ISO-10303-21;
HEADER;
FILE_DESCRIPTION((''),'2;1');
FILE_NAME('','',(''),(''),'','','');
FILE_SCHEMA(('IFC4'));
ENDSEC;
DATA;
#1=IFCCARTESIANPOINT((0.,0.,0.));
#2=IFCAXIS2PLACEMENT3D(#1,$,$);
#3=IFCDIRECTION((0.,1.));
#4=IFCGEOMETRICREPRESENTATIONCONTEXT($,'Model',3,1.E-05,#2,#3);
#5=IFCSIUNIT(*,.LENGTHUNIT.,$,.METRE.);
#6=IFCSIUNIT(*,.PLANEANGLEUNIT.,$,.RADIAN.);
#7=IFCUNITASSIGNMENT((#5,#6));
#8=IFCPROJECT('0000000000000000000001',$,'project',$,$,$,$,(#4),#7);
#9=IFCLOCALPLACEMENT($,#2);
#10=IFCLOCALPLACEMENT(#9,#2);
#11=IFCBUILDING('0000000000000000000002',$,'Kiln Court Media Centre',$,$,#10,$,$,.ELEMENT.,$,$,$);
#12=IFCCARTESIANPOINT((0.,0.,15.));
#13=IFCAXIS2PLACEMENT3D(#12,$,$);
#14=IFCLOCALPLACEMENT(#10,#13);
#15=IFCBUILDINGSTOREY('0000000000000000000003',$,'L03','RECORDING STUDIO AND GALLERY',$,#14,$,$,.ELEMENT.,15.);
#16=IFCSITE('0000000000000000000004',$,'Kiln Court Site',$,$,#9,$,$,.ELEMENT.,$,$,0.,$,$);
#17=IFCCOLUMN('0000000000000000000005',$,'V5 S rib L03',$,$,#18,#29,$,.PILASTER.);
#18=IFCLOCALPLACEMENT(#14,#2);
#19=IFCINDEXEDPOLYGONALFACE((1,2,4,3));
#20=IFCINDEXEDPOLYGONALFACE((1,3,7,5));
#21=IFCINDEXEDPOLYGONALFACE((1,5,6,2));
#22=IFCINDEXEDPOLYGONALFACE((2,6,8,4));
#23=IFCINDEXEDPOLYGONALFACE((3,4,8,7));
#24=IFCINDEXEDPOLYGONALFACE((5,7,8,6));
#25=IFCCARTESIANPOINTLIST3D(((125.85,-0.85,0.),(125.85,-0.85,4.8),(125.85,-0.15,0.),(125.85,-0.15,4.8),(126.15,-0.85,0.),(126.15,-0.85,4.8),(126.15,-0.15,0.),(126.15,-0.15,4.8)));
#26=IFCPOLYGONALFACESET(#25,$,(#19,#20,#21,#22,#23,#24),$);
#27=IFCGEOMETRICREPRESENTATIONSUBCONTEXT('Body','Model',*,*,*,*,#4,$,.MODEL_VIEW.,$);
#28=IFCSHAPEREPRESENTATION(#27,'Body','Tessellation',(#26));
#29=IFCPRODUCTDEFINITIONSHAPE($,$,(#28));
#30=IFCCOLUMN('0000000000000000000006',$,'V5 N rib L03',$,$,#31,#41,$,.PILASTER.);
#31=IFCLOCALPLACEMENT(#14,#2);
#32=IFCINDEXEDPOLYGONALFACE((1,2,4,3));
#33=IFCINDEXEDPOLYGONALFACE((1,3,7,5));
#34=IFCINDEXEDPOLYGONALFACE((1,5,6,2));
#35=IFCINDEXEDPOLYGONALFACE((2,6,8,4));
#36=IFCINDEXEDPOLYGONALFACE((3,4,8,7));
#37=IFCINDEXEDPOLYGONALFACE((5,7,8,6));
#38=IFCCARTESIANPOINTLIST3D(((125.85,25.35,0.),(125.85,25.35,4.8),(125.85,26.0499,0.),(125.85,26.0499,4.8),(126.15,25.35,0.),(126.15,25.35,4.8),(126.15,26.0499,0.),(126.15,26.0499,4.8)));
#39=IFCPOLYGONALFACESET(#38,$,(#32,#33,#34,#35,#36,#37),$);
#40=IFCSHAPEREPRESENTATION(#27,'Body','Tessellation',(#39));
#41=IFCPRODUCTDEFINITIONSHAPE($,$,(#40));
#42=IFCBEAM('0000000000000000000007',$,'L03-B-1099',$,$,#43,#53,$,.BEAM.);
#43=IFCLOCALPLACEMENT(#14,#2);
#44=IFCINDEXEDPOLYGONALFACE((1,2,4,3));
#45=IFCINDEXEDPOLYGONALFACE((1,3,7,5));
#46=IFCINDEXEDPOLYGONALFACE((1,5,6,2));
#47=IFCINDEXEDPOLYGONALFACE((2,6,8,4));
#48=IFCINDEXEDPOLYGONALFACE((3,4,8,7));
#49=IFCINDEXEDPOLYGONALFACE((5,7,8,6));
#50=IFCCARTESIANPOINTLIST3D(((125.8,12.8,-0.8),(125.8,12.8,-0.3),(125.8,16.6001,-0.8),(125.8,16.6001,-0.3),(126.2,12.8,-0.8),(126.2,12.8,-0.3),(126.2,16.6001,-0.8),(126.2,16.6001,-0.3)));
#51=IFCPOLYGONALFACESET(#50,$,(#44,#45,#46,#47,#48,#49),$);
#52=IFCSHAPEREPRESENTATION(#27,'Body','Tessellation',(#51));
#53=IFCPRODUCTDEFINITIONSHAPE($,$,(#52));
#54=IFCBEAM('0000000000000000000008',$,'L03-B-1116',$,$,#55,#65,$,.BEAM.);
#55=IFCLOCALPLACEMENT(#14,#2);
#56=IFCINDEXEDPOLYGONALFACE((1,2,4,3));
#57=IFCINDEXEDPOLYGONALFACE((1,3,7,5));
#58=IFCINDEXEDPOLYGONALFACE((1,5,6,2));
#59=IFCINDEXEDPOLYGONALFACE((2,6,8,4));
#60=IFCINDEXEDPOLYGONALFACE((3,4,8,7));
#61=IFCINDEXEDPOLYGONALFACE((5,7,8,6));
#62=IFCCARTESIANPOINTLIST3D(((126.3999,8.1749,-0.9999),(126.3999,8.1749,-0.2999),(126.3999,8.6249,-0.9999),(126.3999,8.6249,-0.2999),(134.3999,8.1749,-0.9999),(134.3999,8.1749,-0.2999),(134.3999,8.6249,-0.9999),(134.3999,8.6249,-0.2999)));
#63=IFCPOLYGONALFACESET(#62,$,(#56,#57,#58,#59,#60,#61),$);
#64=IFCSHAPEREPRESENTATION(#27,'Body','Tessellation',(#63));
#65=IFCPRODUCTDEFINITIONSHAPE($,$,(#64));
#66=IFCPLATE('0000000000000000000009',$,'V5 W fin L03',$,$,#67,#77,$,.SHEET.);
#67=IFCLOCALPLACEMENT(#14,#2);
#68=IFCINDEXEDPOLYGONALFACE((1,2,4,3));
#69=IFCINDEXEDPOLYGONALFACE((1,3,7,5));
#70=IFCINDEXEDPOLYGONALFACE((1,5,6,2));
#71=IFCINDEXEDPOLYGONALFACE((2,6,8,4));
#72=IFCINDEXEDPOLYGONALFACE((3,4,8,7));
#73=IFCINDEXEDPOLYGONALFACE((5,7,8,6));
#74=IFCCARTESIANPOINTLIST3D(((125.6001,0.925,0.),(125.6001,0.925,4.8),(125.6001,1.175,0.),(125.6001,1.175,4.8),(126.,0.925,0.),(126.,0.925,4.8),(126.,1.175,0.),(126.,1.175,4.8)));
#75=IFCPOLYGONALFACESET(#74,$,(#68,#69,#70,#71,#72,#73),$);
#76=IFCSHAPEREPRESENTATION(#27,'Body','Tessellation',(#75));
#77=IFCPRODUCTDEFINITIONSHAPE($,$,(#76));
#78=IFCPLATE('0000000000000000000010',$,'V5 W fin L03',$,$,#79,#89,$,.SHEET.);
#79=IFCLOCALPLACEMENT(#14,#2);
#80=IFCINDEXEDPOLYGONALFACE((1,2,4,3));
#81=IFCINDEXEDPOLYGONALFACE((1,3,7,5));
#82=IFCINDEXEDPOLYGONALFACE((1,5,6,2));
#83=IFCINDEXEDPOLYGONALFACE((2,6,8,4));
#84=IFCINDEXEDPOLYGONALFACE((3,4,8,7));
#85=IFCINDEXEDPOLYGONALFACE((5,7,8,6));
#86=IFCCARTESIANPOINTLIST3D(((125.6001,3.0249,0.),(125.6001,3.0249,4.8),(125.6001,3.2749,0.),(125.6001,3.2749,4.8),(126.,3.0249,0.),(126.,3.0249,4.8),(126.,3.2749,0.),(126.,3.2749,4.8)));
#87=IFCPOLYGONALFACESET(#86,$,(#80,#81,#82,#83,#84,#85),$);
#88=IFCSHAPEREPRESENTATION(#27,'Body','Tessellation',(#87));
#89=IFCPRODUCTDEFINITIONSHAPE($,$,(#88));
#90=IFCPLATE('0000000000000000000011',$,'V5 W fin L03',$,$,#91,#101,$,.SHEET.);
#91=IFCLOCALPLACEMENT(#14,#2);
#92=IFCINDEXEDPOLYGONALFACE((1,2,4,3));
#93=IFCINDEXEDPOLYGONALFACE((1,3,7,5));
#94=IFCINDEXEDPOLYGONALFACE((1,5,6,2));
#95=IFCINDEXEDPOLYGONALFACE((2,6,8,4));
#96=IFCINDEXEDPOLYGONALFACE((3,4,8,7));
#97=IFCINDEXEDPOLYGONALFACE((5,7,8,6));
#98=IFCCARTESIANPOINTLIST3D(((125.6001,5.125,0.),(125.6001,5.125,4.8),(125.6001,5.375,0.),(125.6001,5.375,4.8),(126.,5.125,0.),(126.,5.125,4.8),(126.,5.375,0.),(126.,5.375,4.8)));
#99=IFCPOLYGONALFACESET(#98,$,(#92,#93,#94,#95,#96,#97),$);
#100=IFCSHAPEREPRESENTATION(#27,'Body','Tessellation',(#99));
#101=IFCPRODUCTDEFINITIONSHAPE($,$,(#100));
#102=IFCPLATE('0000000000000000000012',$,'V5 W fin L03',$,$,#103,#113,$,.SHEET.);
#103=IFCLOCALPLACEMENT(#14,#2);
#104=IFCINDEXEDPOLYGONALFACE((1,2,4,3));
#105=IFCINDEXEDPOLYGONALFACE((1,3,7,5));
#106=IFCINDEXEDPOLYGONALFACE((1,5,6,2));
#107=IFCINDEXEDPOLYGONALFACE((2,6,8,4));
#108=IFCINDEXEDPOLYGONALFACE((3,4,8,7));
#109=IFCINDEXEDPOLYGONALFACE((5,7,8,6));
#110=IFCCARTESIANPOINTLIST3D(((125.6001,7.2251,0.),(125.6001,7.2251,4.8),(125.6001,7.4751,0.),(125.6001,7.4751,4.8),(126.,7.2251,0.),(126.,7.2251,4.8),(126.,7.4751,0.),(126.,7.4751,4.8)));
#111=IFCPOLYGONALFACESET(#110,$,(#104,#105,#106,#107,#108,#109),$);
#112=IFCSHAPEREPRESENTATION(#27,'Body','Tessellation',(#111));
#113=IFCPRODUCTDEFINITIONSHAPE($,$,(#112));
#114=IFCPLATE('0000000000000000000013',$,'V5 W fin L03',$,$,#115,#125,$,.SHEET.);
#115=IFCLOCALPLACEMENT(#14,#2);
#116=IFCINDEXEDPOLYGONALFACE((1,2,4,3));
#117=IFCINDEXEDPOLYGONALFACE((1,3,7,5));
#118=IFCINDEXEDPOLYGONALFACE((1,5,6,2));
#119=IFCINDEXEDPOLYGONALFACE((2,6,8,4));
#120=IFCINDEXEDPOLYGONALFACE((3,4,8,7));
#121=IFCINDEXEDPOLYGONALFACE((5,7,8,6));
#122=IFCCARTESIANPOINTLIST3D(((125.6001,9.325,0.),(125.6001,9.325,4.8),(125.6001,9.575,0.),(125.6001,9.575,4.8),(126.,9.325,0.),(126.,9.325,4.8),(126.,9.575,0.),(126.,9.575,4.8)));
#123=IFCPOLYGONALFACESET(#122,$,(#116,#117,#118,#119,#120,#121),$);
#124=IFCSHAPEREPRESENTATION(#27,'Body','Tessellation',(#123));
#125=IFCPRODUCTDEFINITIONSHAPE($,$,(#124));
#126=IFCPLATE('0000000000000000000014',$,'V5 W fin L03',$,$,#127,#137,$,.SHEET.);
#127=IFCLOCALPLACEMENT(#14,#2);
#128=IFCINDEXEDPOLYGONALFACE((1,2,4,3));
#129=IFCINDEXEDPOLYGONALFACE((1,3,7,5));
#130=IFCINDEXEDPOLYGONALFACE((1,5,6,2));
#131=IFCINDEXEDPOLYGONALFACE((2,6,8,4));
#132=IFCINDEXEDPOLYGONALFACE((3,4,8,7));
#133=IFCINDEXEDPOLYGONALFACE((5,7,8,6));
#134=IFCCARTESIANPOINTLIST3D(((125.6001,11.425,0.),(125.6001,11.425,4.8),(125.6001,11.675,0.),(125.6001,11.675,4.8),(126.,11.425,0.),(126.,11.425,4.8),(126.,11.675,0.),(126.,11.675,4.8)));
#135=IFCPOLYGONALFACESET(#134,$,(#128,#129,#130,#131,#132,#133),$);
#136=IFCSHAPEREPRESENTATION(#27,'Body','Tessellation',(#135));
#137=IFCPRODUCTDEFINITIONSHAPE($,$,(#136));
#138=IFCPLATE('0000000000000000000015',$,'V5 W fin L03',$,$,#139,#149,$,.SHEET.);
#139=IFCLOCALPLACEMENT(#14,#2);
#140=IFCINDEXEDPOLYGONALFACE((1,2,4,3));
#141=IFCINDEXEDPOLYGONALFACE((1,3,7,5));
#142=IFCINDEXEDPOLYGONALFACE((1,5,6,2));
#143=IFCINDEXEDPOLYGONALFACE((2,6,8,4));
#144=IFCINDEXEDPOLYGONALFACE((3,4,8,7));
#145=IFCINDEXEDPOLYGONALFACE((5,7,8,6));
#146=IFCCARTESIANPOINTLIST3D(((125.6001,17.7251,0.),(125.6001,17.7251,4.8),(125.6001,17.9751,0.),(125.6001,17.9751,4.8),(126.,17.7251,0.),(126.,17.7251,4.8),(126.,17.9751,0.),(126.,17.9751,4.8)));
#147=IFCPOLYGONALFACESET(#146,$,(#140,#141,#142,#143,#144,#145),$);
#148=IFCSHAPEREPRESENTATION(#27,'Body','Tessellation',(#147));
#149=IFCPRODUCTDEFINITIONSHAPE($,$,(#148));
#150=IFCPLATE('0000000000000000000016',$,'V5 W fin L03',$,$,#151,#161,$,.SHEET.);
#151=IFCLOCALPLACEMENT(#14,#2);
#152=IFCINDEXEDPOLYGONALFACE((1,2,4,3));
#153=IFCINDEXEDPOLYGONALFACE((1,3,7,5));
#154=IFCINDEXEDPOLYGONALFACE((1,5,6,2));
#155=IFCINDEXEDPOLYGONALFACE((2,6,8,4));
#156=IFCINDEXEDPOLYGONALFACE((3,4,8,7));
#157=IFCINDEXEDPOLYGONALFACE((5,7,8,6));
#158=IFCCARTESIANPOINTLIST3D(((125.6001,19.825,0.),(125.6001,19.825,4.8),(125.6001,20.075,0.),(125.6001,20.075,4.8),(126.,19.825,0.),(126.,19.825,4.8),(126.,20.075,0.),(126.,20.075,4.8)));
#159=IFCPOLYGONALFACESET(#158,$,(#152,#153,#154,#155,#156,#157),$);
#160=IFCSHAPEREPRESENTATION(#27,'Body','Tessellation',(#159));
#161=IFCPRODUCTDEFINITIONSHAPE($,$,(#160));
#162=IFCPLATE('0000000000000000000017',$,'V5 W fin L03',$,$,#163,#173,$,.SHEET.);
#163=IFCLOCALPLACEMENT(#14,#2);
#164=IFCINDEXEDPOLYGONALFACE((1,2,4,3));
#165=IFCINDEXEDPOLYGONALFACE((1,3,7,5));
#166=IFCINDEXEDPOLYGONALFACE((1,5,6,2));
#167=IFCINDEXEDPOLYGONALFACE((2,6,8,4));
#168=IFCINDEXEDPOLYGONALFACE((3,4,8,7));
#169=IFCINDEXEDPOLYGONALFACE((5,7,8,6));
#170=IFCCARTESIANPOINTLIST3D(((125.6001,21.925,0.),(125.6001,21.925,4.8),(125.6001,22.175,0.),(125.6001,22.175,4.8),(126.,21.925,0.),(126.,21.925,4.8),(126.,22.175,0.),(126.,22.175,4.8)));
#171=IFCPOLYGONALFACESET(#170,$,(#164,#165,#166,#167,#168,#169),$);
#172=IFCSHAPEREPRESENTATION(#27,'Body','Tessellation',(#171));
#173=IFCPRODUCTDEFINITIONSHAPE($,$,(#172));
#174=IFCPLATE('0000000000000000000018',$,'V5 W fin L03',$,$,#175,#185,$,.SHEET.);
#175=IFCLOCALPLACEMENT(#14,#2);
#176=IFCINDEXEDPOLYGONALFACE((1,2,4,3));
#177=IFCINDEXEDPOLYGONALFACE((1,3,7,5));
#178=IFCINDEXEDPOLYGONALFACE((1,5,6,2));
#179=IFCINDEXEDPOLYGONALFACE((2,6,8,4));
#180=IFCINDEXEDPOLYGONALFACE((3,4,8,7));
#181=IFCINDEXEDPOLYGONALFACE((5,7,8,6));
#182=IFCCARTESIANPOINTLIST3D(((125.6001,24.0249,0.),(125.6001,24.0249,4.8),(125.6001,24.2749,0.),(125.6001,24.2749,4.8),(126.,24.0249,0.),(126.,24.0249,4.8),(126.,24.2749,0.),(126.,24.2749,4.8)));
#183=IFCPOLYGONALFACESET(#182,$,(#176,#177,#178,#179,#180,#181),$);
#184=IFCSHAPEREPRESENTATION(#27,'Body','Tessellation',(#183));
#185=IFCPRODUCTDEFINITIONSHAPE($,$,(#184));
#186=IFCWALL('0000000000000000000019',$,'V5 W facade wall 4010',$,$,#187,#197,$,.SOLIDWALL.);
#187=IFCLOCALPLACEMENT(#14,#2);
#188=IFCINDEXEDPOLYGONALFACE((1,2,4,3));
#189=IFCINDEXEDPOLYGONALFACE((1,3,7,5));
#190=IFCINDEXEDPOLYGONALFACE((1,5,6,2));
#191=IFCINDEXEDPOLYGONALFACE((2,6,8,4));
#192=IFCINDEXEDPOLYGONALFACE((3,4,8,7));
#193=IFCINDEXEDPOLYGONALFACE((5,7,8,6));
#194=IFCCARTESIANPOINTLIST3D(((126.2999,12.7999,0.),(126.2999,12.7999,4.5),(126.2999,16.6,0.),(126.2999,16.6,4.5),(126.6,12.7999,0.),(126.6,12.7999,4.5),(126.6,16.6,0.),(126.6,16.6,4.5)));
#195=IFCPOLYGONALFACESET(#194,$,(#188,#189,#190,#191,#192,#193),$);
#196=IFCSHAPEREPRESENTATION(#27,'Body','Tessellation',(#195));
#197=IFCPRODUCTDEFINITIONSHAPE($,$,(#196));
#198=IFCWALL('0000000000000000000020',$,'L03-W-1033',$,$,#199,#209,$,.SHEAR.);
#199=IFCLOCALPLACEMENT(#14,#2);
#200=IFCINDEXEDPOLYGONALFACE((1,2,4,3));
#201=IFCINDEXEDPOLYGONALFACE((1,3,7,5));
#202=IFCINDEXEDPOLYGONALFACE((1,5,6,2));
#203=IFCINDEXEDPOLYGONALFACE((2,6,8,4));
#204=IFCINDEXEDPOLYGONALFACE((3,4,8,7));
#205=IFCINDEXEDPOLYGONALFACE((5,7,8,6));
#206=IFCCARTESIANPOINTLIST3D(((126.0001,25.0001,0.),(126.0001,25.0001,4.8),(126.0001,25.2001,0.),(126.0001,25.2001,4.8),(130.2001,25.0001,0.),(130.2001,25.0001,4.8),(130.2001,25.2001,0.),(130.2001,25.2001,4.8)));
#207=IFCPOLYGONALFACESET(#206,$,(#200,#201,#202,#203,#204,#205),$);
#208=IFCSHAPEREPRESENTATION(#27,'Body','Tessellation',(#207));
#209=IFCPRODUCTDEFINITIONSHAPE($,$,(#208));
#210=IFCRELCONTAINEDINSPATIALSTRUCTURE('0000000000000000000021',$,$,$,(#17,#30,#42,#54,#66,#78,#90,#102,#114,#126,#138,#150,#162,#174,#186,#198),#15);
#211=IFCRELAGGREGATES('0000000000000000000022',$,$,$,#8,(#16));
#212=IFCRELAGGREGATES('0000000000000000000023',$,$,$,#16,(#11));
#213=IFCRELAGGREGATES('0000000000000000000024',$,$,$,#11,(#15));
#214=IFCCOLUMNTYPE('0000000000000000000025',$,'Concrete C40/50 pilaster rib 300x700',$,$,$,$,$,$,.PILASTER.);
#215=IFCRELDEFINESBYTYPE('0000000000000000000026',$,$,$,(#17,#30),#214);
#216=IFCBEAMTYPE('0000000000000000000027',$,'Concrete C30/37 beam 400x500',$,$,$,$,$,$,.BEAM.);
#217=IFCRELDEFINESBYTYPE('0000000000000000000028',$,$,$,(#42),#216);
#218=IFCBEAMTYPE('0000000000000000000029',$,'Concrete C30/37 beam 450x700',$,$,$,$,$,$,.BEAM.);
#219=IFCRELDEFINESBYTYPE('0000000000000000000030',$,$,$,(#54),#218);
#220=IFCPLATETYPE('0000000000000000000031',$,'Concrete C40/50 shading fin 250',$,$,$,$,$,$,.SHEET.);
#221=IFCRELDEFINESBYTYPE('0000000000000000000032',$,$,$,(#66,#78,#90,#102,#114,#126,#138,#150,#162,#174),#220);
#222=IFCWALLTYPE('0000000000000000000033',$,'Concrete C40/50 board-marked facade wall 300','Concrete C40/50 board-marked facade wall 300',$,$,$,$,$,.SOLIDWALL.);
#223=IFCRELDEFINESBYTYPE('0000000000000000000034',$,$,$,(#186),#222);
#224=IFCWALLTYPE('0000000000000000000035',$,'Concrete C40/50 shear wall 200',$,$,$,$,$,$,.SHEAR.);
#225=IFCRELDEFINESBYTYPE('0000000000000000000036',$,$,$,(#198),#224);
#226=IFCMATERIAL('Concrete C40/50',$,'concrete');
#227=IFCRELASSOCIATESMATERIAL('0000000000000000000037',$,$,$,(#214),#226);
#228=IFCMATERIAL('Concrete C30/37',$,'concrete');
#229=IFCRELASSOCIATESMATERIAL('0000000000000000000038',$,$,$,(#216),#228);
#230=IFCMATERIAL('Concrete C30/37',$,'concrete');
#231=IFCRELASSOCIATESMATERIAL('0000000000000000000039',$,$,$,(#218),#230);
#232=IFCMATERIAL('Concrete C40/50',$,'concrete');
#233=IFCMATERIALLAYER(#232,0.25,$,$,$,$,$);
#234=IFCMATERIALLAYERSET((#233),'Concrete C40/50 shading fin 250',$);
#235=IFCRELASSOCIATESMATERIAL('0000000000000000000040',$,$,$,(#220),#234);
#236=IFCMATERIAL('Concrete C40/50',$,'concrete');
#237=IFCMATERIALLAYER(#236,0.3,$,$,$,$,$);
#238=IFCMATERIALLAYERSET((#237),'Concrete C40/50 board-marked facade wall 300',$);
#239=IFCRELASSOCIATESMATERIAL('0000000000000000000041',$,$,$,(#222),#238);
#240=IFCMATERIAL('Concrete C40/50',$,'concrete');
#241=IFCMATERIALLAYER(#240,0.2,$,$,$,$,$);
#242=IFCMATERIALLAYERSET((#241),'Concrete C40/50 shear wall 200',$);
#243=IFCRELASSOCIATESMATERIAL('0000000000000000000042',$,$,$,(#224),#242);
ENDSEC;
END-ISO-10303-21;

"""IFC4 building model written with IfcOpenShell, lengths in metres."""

from ifc_helpers import new_model, si_unit, direction, frame, frame_2d, origin, origin_2d, place, context, subcontext, project, spatial, rectangle, extrude, material, layer, layer_set, material_profile, profile_set, type_object, element, save


model = new_model("IFC4")

# Units and contexts
model_context = context("Model", 3, precision=1e-05, world=origin(), true_north=direction((0.0, 1.0)))
body_context = subcontext(model_context, "Body", "Model", "MODEL_VIEW")
ifc_project = project(units=[si_unit("LENGTHUNIT", "METRE"), si_unit("PLANEANGLEUNIT", "RADIAN")], contexts=[model_context])

# Site, building, storey
site_placement = place(None, origin())
site = spatial("IfcSite", under=ifc_project, at=site_placement, Name="Kiln Court Site", CompositionType="ELEMENT", RefElevation=0.0)
building_placement = place(site_placement, origin())
building = spatial("IfcBuilding", under=site, at=building_placement, Name="Kiln Court Media Centre", CompositionType="ELEMENT")
storey_placement = place(building_placement, frame((0.0, 0.0, 15.0)))
storey = spatial("IfcBuildingStorey", under=building, at=storey_placement, Name="L03", Description="RECORDING STUDIO AND GALLERY", CompositionType="ELEMENT", Elevation=15.0)

# Columns
ifc_material_1 = material(Name="Concrete C40/50", Category="concrete")
ifc_material_profile_1 = material_profile(ifc_material_1, rectangle(XDim=0.3, YDim=0.7, at=origin_2d()), Name="RC 300x700")
ifc_profile_set_1 = profile_set([ifc_material_profile_1], Name="Concrete C40/50")
column_type = type_object("IfcColumnType", Name="Concrete C40/50 pilaster rib 300x700", PredefinedType="PILASTER", material=ifc_profile_set_1)
for number, where, z_axis, x_axis, name in (
    (1, (126.0, -0.5, 0.0), (0.0, 0.0, 1.0), (1.0, 0.0, 0.0), "V5 S rib L03"),
    (2, (126.0, 25.7, 0.0), (0.0, 0.0, 1.0), (1.0, 0.0, 0.0), "V5 N rib L03"),
):
    element("IfcColumn", number, at=place(storey_placement, frame(where, z_axis=z_axis, x_axis=x_axis)), inside=storey, type_object=column_type, Name=name, PredefinedType="PILASTER", context=body_context, shape_type="SweptSolid", body=[
        extrude(rectangle(XDim=0.3, YDim=0.7, at=origin_2d()), origin(), (0.0, 0.0, 1.0), 4.8),
    ])

# Beams
ifc_material_2 = material(Name="Concrete C30/37", Category="concrete")
ifc_material_profile_2 = material_profile(ifc_material_2, rectangle(XDim=0.3999, YDim=0.5, at=origin_2d()), Name="RC 400x500")
ifc_profile_set_2 = profile_set([ifc_material_profile_2], Name="Concrete C30/37")
beam_type_1 = type_object("IfcBeamType", Name="Concrete C30/37 beam 400x500", PredefinedType="BEAM", material=ifc_profile_set_2)
beam_1_placement = place(storey_placement, frame((126.0, 12.8, -0.55), z_axis=(0.0, 1.0, 0.0), x_axis=(-1.0, 0.0, 0.0)))
element("IfcBeam", 3, at=beam_1_placement, inside=storey, type_object=beam_type_1, Name="L03-B-1099", PredefinedType="BEAM", context=body_context, shape_type="SweptSolid", body=[
    extrude(rectangle(XDim=0.3999, YDim=0.5, at=origin_2d()), origin(), (0.0, 0.0, 1.0), 3.8),
])
ifc_material_3 = material(Name="Concrete C30/37", Category="concrete")
ifc_material_profile_3 = material_profile(ifc_material_3, rectangle(XDim=0.45, YDim=0.7, at=origin_2d()), Name="RC 450x700")
ifc_profile_set_3 = profile_set([ifc_material_profile_3], Name="Concrete C30/37")
beam_type_2 = type_object("IfcBeamType", Name="Concrete C30/37 beam 450x700", PredefinedType="BEAM", material=ifc_profile_set_3)
beam_2_placement = place(storey_placement, frame((126.3999, 8.3999, -0.6499), z_axis=(1.0, 0.0, 0.0), x_axis=(0.0, 1.0, 0.0)))
element("IfcBeam", 4, at=beam_2_placement, inside=storey, type_object=beam_type_2, Name="L03-B-1116", PredefinedType="BEAM", context=body_context, shape_type="SweptSolid", body=[
    extrude(rectangle(XDim=0.45, YDim=0.7, at=origin_2d()), origin(), (0.0, 0.0, 1.0), 8.0),
])

# Plates
ifc_material_4 = material(Name="Concrete C40/50", Category="concrete")
ifc_layer_1 = layer(ifc_material_4, 0.25)
ifc_layer_set_1 = layer_set([ifc_layer_1], Name="Concrete C40/50 shading fin 250")
plate_type = type_object("IfcPlateType", Name="Concrete C40/50 shading fin 250", PredefinedType="SHEET", material=ifc_layer_set_1)
for number, where, z_axis, x_axis, name in (
    (5, (125.8, 1.05, 0.0), (0.0, 0.0, 1.0), (1.0, 0.0, 0.0), "V5 W fin L03"),
    (6, (125.8, 3.1499, 0.0), (0.0, 0.0, 1.0), (1.0, 0.0, 0.0), "V5 W fin L03"),
    (7, (125.8, 5.25, 0.0), (0.0, 0.0, 1.0), (1.0, 0.0, 0.0), "V5 W fin L03"),
    (8, (125.8, 7.3501, 0.0), (0.0, 0.0, 1.0), (1.0, 0.0, 0.0), "V5 W fin L03"),
    (9, (125.8, 9.45, 0.0), (0.0, 0.0, 1.0), (1.0, 0.0, 0.0), "V5 W fin L03"),
    (10, (125.8, 11.55, 0.0), (0.0, 0.0, 1.0), (1.0, 0.0, 0.0), "V5 W fin L03"),
    (11, (125.8, 17.8501, 0.0), (0.0, 0.0, 1.0), (1.0, 0.0, 0.0), "V5 W fin L03"),
    (12, (125.8, 19.95, 0.0), (0.0, 0.0, 1.0), (1.0, 0.0, 0.0), "V5 W fin L03"),
    (13, (125.8, 22.05, 0.0), (0.0, 0.0, 1.0), (1.0, 0.0, 0.0), "V5 W fin L03"),
    (14, (125.8, 24.1499, 0.0), (0.0, 0.0, 1.0), (1.0, 0.0, 0.0), "V5 W fin L03"),
):
    element("IfcPlate", number, at=place(storey_placement, frame(where, z_axis=z_axis, x_axis=x_axis)), inside=storey, type_object=plate_type, Name=name, PredefinedType="SHEET", context=body_context, shape_type="SweptSolid", body=[
        extrude(rectangle(XDim=0.3999, YDim=0.25, at=origin_2d()), origin(), (0.0, 0.0, 1.0), 4.8),
    ])

# Walls
ifc_material_5 = material(Name="Concrete C40/50", Category="concrete")
ifc_layer_2 = layer(ifc_material_5, 0.3)
ifc_layer_set_2 = layer_set([ifc_layer_2], Name="Concrete C40/50 board-marked facade wall 300")
wall_type_1 = type_object("IfcWallType", Name="Concrete C40/50 board-marked facade wall 300", Description="Concrete C40/50 board-marked facade wall 300", PredefinedType="SOLIDWALL", material=ifc_layer_set_2)
wall_1_placement = place(storey_placement, frame((126.45, 12.8, 0.0), z_axis=(0.0, 0.0, 1.0), x_axis=(0.0, 1.0, 0.0)))
element("IfcWall", 15, at=wall_1_placement, inside=storey, type_object=wall_type_1, Name="V5 W facade wall 4010", PredefinedType="SOLIDWALL", context=body_context, shape_type="SweptSolid", body=[
    extrude(rectangle(XDim=3.8, YDim=0.3, at=frame_2d((1.8999, 0.0))), origin(), (0.0, 0.0, 1.0), 4.5),
])
ifc_material_6 = material(Name="Concrete C40/50", Category="concrete")
ifc_layer_3 = layer(ifc_material_6, 0.2)
ifc_layer_set_3 = layer_set([ifc_layer_3], Name="Concrete C40/50 shear wall 200")
wall_type_2 = type_object("IfcWallType", Name="Concrete C40/50 shear wall 200", PredefinedType="SHEAR", material=ifc_layer_set_3)
wall_2_placement = place(storey_placement, frame((126.0, 25.1001, 0.0), z_axis=(0.0, 0.0, 1.0), x_axis=(1.0, 0.0, 0.0)))
element("IfcWall", 16, at=wall_2_placement, inside=storey, type_object=wall_type_2, Name="L03-W-1033", PredefinedType="SHEAR", context=body_context, shape_type="SweptSolid", body=[
    extrude(rectangle(XDim=4.2, YDim=0.2, at=frame_2d((2.1001, 0.0))), origin(), (0.0, 0.0, 1.0), 4.8),
])

save(model, "model.ifc")
